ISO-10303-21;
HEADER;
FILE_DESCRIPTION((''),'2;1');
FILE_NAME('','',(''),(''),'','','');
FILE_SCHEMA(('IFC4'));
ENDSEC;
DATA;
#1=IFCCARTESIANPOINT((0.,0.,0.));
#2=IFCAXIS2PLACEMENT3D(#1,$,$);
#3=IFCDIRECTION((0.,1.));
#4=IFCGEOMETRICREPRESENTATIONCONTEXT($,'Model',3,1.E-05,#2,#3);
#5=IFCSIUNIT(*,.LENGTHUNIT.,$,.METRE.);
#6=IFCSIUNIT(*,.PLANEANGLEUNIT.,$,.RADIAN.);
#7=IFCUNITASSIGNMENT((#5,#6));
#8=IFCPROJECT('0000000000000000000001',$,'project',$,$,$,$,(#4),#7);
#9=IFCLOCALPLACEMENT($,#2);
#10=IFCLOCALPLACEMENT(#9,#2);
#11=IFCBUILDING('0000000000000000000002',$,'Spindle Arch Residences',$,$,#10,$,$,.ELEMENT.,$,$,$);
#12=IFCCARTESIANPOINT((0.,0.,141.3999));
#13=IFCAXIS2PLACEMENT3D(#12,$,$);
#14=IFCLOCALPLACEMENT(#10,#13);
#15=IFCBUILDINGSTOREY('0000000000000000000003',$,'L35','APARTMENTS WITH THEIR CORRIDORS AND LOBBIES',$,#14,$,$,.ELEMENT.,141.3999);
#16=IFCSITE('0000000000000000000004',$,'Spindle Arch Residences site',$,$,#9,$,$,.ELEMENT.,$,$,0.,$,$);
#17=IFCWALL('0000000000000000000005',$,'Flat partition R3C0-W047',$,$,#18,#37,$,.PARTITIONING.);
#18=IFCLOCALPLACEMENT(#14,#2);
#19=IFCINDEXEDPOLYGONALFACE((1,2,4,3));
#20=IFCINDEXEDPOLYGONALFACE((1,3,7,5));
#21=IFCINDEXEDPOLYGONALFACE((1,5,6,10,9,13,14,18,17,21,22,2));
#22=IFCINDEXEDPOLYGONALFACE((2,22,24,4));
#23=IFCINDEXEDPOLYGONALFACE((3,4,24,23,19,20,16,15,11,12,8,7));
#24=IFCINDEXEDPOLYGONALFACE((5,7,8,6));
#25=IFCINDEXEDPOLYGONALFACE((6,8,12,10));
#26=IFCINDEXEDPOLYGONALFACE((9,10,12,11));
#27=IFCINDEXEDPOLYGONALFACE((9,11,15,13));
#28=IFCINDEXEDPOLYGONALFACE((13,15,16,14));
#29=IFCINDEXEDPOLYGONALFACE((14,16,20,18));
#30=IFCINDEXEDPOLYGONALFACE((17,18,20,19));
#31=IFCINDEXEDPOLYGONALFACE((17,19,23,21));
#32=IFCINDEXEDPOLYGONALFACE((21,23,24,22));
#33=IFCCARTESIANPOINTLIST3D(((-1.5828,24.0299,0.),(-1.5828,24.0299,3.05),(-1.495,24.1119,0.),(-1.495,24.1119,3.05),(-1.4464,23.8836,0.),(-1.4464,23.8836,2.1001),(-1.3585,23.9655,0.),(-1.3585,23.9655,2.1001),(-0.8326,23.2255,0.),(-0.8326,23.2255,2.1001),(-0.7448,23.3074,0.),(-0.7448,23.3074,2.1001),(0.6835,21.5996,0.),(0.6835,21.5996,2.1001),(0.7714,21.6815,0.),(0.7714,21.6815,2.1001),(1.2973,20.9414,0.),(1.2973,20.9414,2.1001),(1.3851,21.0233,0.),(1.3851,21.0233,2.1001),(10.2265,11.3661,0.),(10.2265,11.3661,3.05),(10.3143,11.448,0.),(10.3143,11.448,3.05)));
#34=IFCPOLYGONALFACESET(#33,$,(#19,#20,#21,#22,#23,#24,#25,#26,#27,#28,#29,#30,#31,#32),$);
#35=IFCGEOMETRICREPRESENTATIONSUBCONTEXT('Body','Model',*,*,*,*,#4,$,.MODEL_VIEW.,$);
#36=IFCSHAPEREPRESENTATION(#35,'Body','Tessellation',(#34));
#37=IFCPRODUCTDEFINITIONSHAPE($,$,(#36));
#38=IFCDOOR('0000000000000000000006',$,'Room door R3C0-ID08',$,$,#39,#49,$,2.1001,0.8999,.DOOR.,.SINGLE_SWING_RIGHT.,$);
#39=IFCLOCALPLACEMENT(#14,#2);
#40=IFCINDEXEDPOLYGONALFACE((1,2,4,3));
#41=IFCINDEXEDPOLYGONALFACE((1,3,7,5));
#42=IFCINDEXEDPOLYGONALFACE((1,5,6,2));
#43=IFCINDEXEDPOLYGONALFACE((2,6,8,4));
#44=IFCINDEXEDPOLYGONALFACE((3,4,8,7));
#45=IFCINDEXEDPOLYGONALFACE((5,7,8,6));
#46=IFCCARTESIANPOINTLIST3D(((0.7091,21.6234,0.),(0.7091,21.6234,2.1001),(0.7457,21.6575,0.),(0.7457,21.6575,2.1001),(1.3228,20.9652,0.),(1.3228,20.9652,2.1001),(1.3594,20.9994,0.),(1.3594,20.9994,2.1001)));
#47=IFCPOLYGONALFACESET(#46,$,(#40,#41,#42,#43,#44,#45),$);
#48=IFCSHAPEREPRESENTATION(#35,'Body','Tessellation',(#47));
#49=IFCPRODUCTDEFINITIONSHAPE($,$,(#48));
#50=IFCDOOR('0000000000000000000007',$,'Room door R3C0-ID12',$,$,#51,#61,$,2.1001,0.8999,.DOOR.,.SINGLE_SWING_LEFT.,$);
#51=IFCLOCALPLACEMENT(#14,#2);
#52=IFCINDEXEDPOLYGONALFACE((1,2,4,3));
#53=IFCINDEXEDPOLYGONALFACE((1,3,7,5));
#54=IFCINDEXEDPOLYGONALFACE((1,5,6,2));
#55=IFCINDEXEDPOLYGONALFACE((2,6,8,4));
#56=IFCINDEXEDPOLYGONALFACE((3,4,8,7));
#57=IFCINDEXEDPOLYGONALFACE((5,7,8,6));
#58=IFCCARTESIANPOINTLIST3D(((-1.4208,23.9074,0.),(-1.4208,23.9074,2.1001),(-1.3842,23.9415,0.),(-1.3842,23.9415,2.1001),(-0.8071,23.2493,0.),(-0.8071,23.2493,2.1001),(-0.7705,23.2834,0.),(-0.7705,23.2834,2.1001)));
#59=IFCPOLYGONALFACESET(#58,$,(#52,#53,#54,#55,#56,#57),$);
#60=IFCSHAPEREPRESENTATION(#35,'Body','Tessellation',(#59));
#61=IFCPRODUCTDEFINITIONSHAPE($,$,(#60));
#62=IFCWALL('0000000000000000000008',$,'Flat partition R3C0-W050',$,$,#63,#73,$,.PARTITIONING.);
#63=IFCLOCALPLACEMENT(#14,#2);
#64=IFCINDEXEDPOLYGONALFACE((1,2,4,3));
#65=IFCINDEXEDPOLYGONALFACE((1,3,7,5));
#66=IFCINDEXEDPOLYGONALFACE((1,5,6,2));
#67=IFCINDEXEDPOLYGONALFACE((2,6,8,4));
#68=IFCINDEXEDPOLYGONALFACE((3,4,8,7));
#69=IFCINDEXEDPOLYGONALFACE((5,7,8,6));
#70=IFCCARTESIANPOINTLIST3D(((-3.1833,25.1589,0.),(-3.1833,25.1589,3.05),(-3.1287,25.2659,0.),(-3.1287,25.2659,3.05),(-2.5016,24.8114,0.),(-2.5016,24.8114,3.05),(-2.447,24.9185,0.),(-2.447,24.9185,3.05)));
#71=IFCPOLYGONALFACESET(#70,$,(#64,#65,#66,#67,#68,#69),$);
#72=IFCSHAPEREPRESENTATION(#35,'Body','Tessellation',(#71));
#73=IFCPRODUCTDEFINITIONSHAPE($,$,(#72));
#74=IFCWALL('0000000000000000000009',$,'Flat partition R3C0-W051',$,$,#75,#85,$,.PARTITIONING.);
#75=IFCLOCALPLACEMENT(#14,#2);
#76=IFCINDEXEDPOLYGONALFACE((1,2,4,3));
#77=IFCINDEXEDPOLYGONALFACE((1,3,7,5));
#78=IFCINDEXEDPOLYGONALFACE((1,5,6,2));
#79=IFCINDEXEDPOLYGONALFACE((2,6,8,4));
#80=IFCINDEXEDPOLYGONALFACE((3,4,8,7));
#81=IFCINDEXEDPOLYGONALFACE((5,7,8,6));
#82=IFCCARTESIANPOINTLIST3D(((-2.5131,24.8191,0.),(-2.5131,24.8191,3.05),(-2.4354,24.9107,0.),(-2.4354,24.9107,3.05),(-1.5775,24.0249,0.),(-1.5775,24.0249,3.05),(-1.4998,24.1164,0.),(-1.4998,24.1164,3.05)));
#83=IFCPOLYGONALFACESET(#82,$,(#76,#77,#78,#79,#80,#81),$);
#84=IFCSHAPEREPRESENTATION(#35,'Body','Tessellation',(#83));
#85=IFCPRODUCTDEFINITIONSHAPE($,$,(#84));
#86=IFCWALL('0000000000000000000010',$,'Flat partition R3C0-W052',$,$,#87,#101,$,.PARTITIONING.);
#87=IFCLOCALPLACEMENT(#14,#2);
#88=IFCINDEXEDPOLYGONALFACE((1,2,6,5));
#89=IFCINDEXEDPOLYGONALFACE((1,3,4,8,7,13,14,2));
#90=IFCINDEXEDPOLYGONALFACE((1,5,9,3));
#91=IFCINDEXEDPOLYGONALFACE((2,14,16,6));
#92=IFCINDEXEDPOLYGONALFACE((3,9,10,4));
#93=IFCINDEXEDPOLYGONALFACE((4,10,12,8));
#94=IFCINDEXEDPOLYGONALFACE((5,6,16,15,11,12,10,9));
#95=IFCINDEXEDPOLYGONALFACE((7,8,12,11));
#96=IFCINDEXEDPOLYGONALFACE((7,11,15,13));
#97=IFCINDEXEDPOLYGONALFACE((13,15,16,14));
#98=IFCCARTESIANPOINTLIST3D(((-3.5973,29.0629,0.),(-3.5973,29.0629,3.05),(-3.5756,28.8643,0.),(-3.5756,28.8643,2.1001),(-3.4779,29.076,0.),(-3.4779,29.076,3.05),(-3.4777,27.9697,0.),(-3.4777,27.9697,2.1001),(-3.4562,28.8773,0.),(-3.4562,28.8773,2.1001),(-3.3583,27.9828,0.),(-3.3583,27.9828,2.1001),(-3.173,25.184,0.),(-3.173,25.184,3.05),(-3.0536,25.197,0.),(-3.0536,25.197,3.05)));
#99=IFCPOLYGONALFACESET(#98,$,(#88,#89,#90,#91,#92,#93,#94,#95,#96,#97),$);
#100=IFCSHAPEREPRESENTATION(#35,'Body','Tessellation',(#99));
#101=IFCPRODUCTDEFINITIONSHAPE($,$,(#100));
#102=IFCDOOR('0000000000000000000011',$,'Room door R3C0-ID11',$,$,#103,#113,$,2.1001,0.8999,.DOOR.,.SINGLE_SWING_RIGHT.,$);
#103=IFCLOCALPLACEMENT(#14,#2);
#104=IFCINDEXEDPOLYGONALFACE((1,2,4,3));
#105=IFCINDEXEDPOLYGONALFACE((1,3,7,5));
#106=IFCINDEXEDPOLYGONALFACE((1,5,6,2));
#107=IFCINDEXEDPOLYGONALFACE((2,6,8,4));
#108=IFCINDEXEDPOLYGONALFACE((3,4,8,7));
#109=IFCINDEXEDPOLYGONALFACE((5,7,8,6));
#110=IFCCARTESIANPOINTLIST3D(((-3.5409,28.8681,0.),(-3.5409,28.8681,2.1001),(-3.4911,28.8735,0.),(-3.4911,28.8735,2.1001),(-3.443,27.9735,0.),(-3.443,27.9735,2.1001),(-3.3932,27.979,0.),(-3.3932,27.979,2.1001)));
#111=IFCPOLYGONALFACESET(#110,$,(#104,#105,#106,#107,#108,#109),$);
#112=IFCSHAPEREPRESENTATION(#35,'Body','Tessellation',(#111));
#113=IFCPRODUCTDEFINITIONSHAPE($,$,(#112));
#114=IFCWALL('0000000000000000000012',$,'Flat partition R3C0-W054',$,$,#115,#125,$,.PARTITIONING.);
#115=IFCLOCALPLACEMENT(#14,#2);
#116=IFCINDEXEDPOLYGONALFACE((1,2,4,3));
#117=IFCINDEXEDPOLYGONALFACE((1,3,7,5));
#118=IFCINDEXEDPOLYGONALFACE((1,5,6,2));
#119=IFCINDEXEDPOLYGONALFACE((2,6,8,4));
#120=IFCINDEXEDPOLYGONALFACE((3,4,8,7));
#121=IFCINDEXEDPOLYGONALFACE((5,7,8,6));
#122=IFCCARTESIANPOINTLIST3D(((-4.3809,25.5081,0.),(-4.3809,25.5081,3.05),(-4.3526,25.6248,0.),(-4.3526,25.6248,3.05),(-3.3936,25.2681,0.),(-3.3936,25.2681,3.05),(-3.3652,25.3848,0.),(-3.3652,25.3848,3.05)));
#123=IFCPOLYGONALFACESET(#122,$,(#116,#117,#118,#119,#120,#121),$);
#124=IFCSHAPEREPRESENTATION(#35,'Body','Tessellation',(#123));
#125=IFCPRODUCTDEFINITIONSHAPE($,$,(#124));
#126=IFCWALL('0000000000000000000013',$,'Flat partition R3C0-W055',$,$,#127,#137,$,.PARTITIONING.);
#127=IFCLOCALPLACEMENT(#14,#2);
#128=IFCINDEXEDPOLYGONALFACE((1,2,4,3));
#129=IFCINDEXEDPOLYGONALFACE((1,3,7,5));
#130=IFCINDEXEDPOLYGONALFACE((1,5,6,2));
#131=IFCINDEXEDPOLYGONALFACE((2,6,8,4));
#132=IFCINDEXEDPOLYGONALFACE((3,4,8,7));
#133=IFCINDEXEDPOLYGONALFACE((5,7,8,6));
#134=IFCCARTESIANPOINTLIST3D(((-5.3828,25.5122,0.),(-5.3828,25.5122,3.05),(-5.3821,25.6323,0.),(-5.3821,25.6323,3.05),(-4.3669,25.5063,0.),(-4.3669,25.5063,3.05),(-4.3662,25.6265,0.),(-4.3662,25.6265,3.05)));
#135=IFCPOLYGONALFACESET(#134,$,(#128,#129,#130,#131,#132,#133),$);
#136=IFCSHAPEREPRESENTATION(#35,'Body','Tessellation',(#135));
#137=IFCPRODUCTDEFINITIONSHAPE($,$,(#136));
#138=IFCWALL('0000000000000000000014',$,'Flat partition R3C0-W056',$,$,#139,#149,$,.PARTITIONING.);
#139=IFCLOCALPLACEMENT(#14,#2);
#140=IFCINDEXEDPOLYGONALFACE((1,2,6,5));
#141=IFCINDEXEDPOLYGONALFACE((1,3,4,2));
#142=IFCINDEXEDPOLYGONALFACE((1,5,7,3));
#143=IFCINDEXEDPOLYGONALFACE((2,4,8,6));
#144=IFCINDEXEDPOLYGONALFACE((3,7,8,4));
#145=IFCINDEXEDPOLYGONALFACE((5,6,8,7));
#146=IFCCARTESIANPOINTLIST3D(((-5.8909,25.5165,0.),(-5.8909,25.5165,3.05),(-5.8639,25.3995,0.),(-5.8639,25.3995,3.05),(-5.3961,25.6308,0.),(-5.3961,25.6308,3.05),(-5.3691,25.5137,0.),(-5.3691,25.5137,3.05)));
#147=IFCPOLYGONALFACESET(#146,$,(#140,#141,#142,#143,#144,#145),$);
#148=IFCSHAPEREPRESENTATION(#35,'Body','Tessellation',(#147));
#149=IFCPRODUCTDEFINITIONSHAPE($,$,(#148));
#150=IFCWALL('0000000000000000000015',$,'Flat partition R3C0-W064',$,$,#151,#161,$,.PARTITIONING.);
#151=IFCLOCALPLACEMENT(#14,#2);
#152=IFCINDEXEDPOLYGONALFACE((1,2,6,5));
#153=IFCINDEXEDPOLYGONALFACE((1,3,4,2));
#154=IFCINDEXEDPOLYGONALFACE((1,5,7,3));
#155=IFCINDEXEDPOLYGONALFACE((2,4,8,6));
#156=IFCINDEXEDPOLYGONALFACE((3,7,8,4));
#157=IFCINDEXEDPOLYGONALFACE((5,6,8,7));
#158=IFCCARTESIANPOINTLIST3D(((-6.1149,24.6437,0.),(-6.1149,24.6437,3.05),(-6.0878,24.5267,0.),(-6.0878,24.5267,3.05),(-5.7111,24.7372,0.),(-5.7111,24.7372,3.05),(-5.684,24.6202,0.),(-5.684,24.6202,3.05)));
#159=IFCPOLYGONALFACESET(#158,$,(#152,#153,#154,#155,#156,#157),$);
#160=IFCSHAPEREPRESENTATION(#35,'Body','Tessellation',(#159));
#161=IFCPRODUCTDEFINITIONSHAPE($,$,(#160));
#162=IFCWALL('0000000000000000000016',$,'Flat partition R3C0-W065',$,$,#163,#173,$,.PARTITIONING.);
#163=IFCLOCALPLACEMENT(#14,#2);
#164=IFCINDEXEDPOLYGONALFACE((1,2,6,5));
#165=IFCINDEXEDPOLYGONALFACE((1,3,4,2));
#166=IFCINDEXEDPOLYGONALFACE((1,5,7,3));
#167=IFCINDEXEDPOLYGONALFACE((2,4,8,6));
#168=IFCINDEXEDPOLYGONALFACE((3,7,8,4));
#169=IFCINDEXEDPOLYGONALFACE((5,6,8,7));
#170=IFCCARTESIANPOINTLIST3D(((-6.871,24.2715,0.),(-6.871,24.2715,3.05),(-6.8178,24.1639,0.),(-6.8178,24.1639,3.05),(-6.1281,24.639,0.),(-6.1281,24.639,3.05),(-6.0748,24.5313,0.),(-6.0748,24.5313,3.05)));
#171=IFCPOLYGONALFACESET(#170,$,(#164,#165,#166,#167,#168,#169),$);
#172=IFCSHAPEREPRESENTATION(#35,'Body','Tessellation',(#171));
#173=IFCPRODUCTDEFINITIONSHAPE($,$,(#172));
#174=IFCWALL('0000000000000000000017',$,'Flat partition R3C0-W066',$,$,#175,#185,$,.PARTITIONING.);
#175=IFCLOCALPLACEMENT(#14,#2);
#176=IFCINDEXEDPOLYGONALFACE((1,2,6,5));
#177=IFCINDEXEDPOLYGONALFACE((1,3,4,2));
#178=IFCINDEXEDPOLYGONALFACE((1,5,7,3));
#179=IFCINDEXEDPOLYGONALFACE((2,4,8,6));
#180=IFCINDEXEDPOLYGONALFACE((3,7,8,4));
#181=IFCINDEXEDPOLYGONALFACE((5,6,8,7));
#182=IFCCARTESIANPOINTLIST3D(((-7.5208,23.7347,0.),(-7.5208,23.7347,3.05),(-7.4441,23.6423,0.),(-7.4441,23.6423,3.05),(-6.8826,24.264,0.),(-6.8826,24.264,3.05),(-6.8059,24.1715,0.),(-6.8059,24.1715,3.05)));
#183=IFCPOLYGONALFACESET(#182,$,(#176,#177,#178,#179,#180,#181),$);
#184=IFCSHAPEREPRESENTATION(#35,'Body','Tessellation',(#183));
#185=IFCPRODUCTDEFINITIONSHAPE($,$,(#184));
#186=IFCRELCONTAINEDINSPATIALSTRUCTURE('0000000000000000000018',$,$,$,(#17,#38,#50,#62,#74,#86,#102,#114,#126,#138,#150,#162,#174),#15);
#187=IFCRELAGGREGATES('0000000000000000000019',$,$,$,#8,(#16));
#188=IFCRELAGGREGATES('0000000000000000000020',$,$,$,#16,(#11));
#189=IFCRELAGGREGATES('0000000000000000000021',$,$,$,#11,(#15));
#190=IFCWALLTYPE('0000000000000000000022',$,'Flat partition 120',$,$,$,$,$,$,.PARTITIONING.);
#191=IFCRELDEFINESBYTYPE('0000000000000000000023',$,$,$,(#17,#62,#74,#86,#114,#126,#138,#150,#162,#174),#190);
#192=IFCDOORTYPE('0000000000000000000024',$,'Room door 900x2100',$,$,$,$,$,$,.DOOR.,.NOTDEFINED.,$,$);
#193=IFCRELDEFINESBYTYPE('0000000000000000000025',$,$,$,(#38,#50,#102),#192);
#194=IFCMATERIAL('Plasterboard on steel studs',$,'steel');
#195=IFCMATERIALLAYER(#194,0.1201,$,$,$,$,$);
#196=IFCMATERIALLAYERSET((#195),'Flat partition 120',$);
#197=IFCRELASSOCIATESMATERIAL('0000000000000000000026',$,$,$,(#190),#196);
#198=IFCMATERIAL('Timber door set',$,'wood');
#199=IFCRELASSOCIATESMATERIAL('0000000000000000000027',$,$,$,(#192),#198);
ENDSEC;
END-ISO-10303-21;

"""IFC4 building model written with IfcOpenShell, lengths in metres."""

from ifc_helpers import new_model, si_unit, direction, frame, frame_2d, origin, place, context, subcontext, project, spatial, rectangle, extrude, material, layer, layer_set, type_object, element, fill, save


model = new_model("IFC4")

# Units and contexts
model_context = context("Model", 3, precision=1e-05, world=origin(), true_north=direction((0.0, 1.0)))
body_context = subcontext(model_context, "Body", "Model", "MODEL_VIEW")
ifc_project = project(units=[si_unit("LENGTHUNIT", "METRE"), si_unit("PLANEANGLEUNIT", "RADIAN")], contexts=[model_context])

# Site, building, storey
site_placement = place(None, origin())
site = spatial("IfcSite", under=ifc_project, at=site_placement, Name="Spindle Arch Residences site", CompositionType="ELEMENT", RefElevation=0.0)
building_placement = place(site_placement, origin())
building = spatial("IfcBuilding", under=site, at=building_placement, Name="Spindle Arch Residences", CompositionType="ELEMENT")
storey_placement = place(building_placement, frame((0.0, 0.0, 141.3999)))
storey = spatial("IfcBuildingStorey", under=building, at=storey_placement, Name="L35", Description="APARTMENTS WITH THEIR CORRIDORS AND LOBBIES", CompositionType="ELEMENT", Elevation=141.3999)

# Shared definitions
ifc_material_1 = material(Name="Plasterboard on steel studs", Category="steel")
ifc_layer_1 = layer(ifc_material_1, 0.1201)
ifc_layer_set_1 = layer_set([ifc_layer_1], Name="Flat partition 120")
wall_type_1 = type_object("IfcWallType", Name="Flat partition 120", PredefinedType="PARTITIONING", material=ifc_layer_set_1)

# Wall, openings, doors
wall_1_placement = place(storey_placement, frame((-1.5388, 24.0708, 0.0), z_axis=(0.0, 0.0, 1.0), x_axis=(0.682002, -0.73135, 0.0)))
wall_1 = element("IfcWall", 1, at=wall_1_placement, inside=storey, type_object=wall_type_1, Name="Flat partition R3C0-W047", PredefinedType="PARTITIONING", context=body_context, shape_type="SweptSolid", body=[
    extrude(rectangle(XDim=17.3157, YDim=0.1201, at=frame_2d((8.6577, 0.0))), origin(), (0.0, 0.0, 1.0), 3.05),
])
opening_1_placement = place(wall_1_placement, frame((3.323, 0.0, 0.0)))
opening_1 = element("IfcOpeningElement", 2, at=opening_1_placement, cuts=wall_1, PredefinedType="OPENING", context=body_context, shape_type="SweptSolid", body=[
    extrude(rectangle(XDim=0.8999, YDim=2.1001, at=frame_2d((0.45, 1.05))), frame((0.0, 0.0701, 0.0), z_axis=(0.0, -1.0, 0.0), x_axis=(1.0, 0.0, 0.0)), (0.0, 0.0, 1.0), 0.1401),
])
opening_2_placement = place(wall_1_placement, frame((0.2, 0.0, 0.0)))
opening_2 = element("IfcOpeningElement", 3, at=opening_2_placement, cuts=wall_1, PredefinedType="OPENING", context=body_context, shape_type="SweptSolid", body=[
    extrude(rectangle(XDim=0.8999, YDim=2.1001, at=frame_2d((0.45, 1.05))), frame((0.0, 0.0701, 0.0), z_axis=(0.0, -1.0, 0.0), x_axis=(1.0, 0.0, 0.0)), (0.0, 0.0, 1.0), 0.1401),
])
ifc_material_2 = material(Name="Timber door set", Category="wood")
door_type = type_object("IfcDoorType", Name="Room door 900x2100", OperationType="NOTDEFINED", PredefinedType="DOOR", material=ifc_material_2)
door_1_placement = place(opening_1_placement, origin())
door_1 = element("IfcDoor", 4, at=door_1_placement, inside=storey, type_object=door_type, Name="Room door R3C0-ID08", OperationType="SINGLE_SWING_RIGHT", OverallHeight=2.1001, OverallWidth=0.8999, PredefinedType="DOOR", context=body_context, shape_type="SweptSolid", body=[
    extrude(rectangle(XDim=0.8999, YDim=2.1001, at=frame_2d((0.45, 1.05))), frame((0.0, 0.0249, 0.0), z_axis=(0.0, -1.0, 0.0), x_axis=(1.0, 0.0, 0.0)), (0.0, 0.0, 1.0), 0.05),
])
fill(opening_1, door_1)
door_2_placement = place(opening_2_placement, origin())
door_2 = element("IfcDoor", 5, at=door_2_placement, inside=storey, type_object=door_type, Name="Room door R3C0-ID12", OperationType="SINGLE_SWING_LEFT", OverallHeight=2.1001, OverallWidth=0.8999, PredefinedType="DOOR", context=body_context, shape_type="SweptSolid", body=[
    extrude(rectangle(XDim=0.8999, YDim=2.1001, at=frame_2d((0.45, 1.05))), frame((0.0, 0.0249, 0.0), z_axis=(0.0, -1.0, 0.0), x_axis=(1.0, 0.0, 0.0)), (0.0, 0.0, 1.0), 0.05),
])
fill(opening_2, door_2)

# Walls
wall_2_placement = place(storey_placement, frame((-3.156, 25.2124, 0.0), z_axis=(0.0, 0.0, 1.0), x_axis=(0.890954, -0.454093, 0.0)))
element("IfcWall", 6, at=wall_2_placement, inside=storey, type_object=wall_type_1, Name="Flat partition R3C0-W050", PredefinedType="PARTITIONING", context=body_context, shape_type="SweptSolid", body=[
    extrude(rectangle(XDim=0.7651, YDim=0.1201, at=frame_2d((0.3826, 0.0))), origin(), (0.0, 0.0, 1.0), 3.05),
])
wall_3_placement = place(storey_placement, frame((-2.4744, 24.865, 0.0), z_axis=(0.0, 0.0, 1.0), x_axis=(0.762351, -0.647163, 0.0)))
element("IfcWall", 7, at=wall_3_placement, inside=storey, type_object=wall_type_1, Name="Flat partition R3C0-W051", PredefinedType="PARTITIONING", context=body_context, shape_type="SweptSolid", body=[
    extrude(rectangle(XDim=1.2273, YDim=0.1201, at=frame_2d((0.6138, 0.0))), origin(), (0.0, 0.0, 1.0), 3.05),
])

# Wall, opening, door
wall_4_placement = place(storey_placement, frame((-3.5376, 29.0696, 0.0), z_axis=(0.0, 0.0, 1.0), x_axis=(0.108742, -0.99407, 0.0)))
wall_4 = element("IfcWall", 8, at=wall_4_placement, inside=storey, type_object=wall_type_1, Name="Flat partition R3C0-W052", PredefinedType="PARTITIONING", context=body_context, shape_type="SweptSolid", body=[
    extrude(rectangle(XDim=3.9021, YDim=0.1201, at=frame_2d((1.9512, 0.0))), origin(), (0.0, 0.0, 1.0), 3.05),
])
opening_3_placement = place(wall_4_placement, frame((0.2, 0.0, 0.0)))
opening_3 = element("IfcOpeningElement", 9, at=opening_3_placement, cuts=wall_4, PredefinedType="OPENING", context=body_context, shape_type="SweptSolid", body=[
    extrude(rectangle(XDim=0.8999, YDim=2.1001, at=frame_2d((0.45, 1.05))), frame((0.0, 0.0701, 0.0), z_axis=(0.0, -1.0, 0.0), x_axis=(1.0, 0.0, 0.0)), (0.0, 0.0, 1.0), 0.1401),
])
door_3_placement = place(opening_3_placement, origin())
door_3 = element("IfcDoor", 10, at=door_3_placement, inside=storey, type_object=door_type, Name="Room door R3C0-ID11", OperationType="SINGLE_SWING_RIGHT", OverallHeight=2.1001, OverallWidth=0.8999, PredefinedType="DOOR", context=body_context, shape_type="SweptSolid", body=[
    extrude(rectangle(XDim=0.8999, YDim=2.1001, at=frame_2d((0.45, 1.05))), frame((0.0, 0.0249, 0.0), z_axis=(0.0, -1.0, 0.0), x_axis=(1.0, 0.0, 0.0)), (0.0, 0.0, 1.0), 0.05),
])
fill(opening_3, door_3)

# Walls
wall_5_placement = place(storey_placement, frame((-3.3794, 25.3264, 0.0), z_axis=(0.0, 0.0, 1.0), x_axis=(-0.971705, 0.236198, 0.0)))
element("IfcWall", 11, at=wall_5_placement, inside=storey, type_object=wall_type_1, Name="Flat partition R3C0-W054", PredefinedType="PARTITIONING", context=body_context, shape_type="SweptSolid", body=[
    extrude(rectangle(XDim=1.0161, YDim=0.1201, at=frame_2d((0.5081, 0.0))), origin(), (0.0, 0.0, 1.0), 3.05),
])
wall_6_placement = place(storey_placement, frame((-4.3667, 25.5664, 0.0), z_axis=(0.0, 0.0, 1.0), x_axis=(-0.999983, 0.005768, 0.0)))
element("IfcWall", 12, at=wall_6_placement, inside=storey, type_object=wall_type_1, Name="Flat partition R3C0-W055", PredefinedType="PARTITIONING", context=body_context, shape_type="SweptSolid", body=[
    extrude(rectangle(XDim=1.0159, YDim=0.1201, at=frame_2d((0.5078, 0.0))), origin(), (0.0, 0.0, 1.0), 3.05),
])
wall_7_placement = place(storey_placement, frame((-5.3826, 25.5723, 0.0), z_axis=(0.0, 0.0, 1.0), x_axis=(-0.974367, -0.224965, 0.0)))
element("IfcWall", 13, at=wall_7_placement, inside=storey, type_object=wall_type_1, Name="Flat partition R3C0-W056", PredefinedType="PARTITIONING", context=body_context, shape_type="SweptSolid", body=[
    extrude(rectangle(XDim=0.5078, YDim=0.1201, at=frame_2d((0.2539, 0.0))), origin(), (0.0, 0.0, 1.0), 3.05),
])
wall_8_placement = place(storey_placement, frame((-5.6975, 24.6787, 0.0), z_axis=(0.0, 0.0, 1.0), x_axis=(-0.974222, -0.225591, 0.0)))
element("IfcWall", 14, at=wall_8_placement, inside=storey, type_object=wall_type_1, Name="Flat partition R3C0-W064", PredefinedType="PARTITIONING", context=body_context, shape_type="SweptSolid", body=[
    extrude(rectangle(XDim=0.4146, YDim=0.1201, at=frame_2d((0.2073, 0.0))), origin(), (0.0, 0.0, 1.0), 3.05),
])
wall_9_placement = place(storey_placement, frame((-6.1013, 24.5852, 0.0), z_axis=(0.0, 0.0, 1.0), x_axis=(-0.896363, -0.443321, 0.0)))
element("IfcWall", 15, at=wall_9_placement, inside=storey, type_object=wall_type_1, Name="Flat partition R3C0-W065", PredefinedType="PARTITIONING", context=body_context, shape_type="SweptSolid", body=[
    extrude(rectangle(XDim=0.8289, YDim=0.1201, at=frame_2d((0.4146, 0.0))), origin(), (0.0, 0.0, 1.0), 3.05),
])
wall_10_placement = place(storey_placement, frame((-6.8442, 24.2178, 0.0), z_axis=(0.0, 0.0, 1.0), x_axis=(-0.769716, -0.638387, 0.0)))
element("IfcWall", 16, at=wall_10_placement, inside=storey, type_object=wall_type_1, Name="Flat partition R3C0-W066", PredefinedType="PARTITIONING", context=body_context, shape_type="SweptSolid", body=[
    extrude(rectangle(XDim=0.8291, YDim=0.1201, at=frame_2d((0.4146, 0.0))), origin(), (0.0, 0.0, 1.0), 3.05),
])

save(model, "model.ifc")
